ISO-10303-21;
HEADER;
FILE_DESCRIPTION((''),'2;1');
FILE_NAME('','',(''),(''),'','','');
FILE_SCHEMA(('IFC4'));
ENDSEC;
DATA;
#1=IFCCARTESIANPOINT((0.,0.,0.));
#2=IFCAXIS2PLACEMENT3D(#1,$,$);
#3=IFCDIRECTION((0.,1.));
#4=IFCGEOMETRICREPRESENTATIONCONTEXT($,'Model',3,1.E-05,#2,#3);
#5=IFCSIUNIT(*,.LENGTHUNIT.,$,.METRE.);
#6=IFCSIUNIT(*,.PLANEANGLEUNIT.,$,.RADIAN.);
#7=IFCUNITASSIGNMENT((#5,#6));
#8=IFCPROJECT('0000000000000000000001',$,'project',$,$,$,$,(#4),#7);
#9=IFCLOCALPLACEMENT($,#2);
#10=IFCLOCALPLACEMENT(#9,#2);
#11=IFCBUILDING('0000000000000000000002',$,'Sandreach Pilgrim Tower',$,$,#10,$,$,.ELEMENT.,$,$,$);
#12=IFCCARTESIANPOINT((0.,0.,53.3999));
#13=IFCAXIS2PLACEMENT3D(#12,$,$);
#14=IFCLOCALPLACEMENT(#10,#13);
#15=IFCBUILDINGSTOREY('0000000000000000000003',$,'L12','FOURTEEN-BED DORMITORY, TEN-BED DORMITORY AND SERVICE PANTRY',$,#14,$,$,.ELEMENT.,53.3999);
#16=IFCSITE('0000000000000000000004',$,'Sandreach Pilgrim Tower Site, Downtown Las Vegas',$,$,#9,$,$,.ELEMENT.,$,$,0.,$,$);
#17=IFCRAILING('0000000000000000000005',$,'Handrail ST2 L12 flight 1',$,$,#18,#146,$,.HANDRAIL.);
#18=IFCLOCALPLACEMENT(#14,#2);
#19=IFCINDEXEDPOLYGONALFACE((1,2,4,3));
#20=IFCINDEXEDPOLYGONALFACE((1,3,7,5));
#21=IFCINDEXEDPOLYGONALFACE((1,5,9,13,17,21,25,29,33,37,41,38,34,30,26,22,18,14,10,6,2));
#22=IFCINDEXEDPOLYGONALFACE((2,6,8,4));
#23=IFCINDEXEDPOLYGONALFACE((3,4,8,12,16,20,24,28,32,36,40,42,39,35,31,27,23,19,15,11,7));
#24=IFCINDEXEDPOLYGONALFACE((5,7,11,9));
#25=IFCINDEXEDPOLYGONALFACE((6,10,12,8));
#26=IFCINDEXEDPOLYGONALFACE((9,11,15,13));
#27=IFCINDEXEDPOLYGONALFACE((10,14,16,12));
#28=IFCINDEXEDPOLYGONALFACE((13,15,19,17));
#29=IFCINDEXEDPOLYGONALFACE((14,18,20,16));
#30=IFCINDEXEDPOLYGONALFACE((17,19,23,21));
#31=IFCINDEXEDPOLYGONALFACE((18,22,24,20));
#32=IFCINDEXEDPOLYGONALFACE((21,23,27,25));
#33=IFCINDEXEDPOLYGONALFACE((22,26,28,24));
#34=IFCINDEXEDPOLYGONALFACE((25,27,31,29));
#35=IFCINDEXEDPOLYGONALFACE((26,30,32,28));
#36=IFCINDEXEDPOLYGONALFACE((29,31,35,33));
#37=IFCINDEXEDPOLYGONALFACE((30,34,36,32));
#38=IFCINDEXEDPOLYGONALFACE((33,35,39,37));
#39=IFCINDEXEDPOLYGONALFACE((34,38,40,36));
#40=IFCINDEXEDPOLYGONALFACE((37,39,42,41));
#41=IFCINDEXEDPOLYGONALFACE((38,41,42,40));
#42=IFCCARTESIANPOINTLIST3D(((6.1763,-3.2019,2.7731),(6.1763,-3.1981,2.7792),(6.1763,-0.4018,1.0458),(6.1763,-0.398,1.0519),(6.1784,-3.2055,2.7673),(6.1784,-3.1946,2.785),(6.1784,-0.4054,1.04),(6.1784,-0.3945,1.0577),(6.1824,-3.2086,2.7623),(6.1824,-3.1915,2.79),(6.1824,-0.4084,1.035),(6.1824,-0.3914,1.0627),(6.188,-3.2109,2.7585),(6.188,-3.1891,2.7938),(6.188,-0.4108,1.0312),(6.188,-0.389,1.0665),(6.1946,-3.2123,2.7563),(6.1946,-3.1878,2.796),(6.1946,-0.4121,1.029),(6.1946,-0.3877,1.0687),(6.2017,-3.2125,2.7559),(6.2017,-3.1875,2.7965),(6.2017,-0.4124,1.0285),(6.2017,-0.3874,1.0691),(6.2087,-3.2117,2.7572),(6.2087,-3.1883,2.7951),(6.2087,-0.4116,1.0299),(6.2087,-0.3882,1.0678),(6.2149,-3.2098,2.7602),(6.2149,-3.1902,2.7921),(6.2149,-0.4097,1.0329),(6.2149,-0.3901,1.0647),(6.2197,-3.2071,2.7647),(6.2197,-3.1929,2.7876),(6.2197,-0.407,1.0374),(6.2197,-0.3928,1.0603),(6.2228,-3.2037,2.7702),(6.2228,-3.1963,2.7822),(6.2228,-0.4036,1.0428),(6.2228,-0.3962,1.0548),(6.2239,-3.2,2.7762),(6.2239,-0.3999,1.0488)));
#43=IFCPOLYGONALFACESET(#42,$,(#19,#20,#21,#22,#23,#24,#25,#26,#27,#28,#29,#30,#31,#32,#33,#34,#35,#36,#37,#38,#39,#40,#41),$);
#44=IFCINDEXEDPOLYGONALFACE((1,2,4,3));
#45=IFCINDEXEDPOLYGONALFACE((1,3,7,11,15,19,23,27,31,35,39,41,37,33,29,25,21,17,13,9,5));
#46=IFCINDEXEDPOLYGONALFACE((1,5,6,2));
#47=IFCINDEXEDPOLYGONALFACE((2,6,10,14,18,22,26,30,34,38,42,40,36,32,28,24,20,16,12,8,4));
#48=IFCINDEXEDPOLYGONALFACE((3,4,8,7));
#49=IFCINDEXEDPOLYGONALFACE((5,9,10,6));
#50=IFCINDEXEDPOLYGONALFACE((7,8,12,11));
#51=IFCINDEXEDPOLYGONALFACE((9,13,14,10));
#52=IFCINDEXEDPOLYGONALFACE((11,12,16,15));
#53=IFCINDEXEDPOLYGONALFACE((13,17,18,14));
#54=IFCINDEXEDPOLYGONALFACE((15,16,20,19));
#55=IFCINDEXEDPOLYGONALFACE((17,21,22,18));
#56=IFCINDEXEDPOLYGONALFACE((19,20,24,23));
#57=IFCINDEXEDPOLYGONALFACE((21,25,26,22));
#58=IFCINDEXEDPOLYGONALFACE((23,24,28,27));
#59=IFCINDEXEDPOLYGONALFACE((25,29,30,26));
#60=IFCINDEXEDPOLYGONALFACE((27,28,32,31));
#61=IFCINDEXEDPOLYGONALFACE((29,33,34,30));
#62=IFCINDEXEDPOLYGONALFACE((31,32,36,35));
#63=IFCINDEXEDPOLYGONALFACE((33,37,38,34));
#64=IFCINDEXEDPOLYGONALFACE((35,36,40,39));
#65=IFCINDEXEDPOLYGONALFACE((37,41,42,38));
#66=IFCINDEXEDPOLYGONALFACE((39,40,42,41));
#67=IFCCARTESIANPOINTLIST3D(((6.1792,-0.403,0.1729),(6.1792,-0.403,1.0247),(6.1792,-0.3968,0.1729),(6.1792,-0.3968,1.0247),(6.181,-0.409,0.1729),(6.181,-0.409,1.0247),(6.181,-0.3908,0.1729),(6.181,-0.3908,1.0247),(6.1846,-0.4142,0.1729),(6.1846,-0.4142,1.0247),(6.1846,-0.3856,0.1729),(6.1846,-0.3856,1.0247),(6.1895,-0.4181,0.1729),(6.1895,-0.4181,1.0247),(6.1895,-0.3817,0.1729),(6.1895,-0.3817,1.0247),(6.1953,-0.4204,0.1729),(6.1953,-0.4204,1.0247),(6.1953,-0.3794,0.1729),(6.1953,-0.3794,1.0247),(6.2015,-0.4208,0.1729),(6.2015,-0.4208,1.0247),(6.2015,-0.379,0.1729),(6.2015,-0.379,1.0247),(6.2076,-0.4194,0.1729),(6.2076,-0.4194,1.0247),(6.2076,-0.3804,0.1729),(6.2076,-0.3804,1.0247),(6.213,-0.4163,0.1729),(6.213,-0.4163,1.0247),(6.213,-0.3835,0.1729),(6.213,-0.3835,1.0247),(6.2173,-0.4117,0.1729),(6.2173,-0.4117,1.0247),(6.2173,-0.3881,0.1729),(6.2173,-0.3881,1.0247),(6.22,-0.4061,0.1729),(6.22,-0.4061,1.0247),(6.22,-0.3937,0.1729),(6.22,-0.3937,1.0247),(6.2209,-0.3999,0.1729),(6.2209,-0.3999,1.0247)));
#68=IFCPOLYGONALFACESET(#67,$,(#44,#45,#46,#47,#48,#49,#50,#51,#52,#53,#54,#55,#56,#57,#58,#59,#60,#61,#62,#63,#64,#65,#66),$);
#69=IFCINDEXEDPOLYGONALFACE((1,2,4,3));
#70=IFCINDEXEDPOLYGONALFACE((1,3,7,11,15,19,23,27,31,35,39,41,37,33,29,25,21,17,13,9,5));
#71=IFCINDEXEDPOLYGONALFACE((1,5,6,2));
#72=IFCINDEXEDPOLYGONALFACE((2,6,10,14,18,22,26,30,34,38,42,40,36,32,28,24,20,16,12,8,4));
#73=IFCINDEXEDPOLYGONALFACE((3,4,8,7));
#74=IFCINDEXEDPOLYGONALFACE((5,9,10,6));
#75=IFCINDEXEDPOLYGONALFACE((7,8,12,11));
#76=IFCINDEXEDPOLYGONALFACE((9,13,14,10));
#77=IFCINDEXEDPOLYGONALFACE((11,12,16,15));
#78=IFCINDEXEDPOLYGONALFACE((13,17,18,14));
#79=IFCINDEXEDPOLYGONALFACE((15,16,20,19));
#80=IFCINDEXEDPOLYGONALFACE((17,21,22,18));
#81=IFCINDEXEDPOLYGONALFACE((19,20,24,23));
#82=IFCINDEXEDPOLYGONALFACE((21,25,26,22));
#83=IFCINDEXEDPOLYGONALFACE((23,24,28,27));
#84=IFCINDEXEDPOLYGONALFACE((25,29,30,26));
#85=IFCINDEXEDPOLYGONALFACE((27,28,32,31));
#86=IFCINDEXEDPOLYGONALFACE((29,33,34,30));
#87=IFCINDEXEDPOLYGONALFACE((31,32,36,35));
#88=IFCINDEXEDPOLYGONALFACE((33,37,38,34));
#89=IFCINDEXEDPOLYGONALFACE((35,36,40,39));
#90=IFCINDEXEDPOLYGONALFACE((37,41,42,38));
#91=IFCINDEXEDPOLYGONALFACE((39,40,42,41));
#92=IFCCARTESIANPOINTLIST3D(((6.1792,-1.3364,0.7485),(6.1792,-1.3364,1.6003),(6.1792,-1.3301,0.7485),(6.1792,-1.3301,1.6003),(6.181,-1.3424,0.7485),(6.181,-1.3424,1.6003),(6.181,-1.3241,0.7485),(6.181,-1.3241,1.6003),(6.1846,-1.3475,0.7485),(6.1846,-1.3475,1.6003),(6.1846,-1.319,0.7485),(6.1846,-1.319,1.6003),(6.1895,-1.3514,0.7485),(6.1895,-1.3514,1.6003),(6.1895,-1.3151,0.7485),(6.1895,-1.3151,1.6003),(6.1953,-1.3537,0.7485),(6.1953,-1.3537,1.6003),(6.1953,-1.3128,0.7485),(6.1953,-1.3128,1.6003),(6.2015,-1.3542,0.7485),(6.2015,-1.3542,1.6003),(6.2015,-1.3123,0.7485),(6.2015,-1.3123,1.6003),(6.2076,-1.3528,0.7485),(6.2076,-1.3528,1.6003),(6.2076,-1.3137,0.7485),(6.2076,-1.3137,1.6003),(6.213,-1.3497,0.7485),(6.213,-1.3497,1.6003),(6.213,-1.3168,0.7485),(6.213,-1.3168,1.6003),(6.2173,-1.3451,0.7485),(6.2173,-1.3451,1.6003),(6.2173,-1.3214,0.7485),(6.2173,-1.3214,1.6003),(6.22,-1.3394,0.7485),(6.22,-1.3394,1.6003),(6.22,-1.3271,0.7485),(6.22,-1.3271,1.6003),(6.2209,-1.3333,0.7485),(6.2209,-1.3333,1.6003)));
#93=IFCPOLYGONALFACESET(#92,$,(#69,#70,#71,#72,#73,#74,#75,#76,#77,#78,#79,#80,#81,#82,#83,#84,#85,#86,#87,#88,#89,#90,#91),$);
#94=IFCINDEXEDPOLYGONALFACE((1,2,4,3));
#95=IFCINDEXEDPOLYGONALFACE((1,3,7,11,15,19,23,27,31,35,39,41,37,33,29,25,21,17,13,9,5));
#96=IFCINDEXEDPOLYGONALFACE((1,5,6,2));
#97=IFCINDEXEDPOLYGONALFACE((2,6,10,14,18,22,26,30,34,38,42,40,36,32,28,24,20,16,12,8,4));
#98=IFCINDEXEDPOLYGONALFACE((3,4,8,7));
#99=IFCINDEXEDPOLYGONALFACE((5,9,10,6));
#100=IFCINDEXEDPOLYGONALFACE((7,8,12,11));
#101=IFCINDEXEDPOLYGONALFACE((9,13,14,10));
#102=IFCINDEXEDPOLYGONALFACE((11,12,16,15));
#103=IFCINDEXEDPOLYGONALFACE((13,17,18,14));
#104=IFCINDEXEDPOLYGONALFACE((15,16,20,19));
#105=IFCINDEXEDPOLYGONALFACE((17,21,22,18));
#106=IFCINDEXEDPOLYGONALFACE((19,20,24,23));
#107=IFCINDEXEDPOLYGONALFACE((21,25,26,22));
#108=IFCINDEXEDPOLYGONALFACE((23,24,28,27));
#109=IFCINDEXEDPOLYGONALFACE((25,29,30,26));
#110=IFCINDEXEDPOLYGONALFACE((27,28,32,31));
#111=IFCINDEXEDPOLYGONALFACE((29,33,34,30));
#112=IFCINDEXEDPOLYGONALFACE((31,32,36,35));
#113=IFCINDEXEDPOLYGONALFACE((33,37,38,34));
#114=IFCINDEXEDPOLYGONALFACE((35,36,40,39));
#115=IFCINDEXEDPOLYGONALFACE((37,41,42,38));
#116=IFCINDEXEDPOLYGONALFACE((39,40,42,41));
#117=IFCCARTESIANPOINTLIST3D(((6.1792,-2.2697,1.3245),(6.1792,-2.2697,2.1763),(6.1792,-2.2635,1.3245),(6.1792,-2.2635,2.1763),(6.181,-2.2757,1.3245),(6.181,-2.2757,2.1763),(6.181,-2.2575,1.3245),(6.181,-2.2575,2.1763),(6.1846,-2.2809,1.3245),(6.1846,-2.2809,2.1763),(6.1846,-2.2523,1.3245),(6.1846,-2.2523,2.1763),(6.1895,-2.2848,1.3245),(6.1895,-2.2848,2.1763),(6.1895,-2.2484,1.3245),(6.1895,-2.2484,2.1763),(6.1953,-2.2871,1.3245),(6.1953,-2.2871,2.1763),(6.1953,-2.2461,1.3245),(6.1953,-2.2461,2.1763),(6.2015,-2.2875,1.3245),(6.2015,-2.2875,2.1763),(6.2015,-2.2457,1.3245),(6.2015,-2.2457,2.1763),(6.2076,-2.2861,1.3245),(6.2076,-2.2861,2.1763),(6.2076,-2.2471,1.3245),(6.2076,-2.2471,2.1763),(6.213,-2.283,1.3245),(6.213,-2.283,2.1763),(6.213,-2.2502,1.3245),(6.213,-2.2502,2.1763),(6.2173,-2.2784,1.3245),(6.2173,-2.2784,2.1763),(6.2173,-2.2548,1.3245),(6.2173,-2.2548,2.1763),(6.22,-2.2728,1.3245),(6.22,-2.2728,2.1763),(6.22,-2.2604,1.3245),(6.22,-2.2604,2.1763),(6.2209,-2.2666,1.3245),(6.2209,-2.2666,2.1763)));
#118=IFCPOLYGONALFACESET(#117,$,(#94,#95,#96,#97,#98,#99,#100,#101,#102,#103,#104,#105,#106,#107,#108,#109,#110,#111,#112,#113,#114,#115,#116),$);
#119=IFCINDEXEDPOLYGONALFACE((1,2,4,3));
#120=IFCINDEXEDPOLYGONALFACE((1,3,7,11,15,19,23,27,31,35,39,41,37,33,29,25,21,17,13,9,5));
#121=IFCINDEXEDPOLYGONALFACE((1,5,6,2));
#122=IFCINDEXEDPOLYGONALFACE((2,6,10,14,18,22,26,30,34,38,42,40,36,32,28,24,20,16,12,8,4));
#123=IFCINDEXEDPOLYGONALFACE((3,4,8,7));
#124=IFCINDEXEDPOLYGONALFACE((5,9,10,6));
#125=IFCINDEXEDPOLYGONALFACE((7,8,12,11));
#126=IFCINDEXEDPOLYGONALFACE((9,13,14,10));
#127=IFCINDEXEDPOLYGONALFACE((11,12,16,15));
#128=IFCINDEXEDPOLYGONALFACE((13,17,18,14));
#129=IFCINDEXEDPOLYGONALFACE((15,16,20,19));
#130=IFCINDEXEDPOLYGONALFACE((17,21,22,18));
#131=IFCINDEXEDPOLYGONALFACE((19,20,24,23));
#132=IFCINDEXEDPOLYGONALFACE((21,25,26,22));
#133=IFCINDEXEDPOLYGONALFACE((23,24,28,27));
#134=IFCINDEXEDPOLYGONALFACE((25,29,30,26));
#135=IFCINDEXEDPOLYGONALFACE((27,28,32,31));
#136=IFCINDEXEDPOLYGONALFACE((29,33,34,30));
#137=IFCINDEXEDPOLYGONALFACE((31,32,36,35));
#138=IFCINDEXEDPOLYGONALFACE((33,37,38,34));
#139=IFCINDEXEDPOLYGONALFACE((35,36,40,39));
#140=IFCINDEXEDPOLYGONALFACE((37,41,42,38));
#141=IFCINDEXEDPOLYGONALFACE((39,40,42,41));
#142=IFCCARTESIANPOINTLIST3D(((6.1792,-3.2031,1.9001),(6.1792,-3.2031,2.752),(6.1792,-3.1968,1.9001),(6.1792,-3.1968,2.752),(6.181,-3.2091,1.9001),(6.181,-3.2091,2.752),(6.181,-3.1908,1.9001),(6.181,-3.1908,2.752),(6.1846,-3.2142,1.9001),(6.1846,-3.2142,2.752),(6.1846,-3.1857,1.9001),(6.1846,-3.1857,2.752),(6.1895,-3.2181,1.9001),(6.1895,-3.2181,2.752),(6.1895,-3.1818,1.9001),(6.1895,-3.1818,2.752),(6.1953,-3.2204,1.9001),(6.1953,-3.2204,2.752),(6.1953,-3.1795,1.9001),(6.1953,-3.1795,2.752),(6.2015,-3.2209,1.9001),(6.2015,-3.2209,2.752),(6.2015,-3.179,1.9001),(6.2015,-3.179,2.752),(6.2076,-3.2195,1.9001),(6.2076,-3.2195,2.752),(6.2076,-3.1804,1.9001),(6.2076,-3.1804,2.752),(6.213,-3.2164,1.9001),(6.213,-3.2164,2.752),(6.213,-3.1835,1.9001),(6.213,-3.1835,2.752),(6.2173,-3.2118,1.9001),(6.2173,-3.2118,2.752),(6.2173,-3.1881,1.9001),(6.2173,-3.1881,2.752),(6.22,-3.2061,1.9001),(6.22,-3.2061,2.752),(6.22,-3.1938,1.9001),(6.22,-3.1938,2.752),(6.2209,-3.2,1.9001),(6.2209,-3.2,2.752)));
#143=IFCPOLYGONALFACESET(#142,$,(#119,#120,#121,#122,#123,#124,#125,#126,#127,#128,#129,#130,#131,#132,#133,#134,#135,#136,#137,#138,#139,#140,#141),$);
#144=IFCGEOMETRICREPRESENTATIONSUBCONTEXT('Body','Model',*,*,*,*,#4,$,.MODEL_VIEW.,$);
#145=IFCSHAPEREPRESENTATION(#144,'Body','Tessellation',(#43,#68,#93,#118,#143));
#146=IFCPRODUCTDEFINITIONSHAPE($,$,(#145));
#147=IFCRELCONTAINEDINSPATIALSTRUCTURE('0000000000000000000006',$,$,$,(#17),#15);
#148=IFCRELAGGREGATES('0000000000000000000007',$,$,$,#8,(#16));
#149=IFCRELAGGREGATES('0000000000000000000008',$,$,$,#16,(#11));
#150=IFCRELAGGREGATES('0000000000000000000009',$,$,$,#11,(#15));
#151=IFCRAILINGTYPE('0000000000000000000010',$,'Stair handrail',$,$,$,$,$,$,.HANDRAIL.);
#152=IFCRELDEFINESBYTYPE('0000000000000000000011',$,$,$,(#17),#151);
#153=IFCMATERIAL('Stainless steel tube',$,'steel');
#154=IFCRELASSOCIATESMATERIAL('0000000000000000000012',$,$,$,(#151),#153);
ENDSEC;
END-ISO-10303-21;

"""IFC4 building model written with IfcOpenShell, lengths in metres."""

from ifc_helpers import new_model, si_unit, direction, frame, origin, origin_2d, place, context, subcontext, project, spatial, circle, extrude, material, type_object, element, save


model = new_model("IFC4")

# Units and contexts
model_context = context("Model", 3, precision=1e-05, world=origin(), true_north=direction((0.0, 1.0)))
body_context = subcontext(model_context, "Body", "Model", "MODEL_VIEW")
ifc_project = project(units=[si_unit("LENGTHUNIT", "METRE"), si_unit("PLANEANGLEUNIT", "RADIAN")], contexts=[model_context])

# Site, building, storey
site_placement = place(None, origin())
site = spatial("IfcSite", under=ifc_project, at=site_placement, Name="Sandreach Pilgrim Tower Site, Downtown Las Vegas", CompositionType="ELEMENT", RefElevation=0.0)
building_placement = place(site_placement, origin())
building = spatial("IfcBuilding", under=site, at=building_placement, Name="Sandreach Pilgrim Tower", CompositionType="ELEMENT")
storey_placement = place(building_placement, frame((0.0, 0.0, 53.3999)))
storey = spatial("IfcBuildingStorey", under=building, at=storey_placement, Name="L12", Description="FOURTEEN-BED DORMITORY, TEN-BED DORMITORY AND SERVICE PANTRY", CompositionType="ELEMENT", Elevation=53.3999)

# Railing
ifc_material_1 = material(Name="Stainless steel tube", Category="steel")
railing_type = type_object("IfcRailingType", Name="Stair handrail", PredefinedType="HANDRAIL", material=ifc_material_1)
railing_placement = place(storey_placement, frame((6.2, -0.3999, 0.1729)))
element("IfcRailing", 1, at=railing_placement, inside=storey, type_object=railing_type, Name="Handrail ST2 L12 flight 1", PredefinedType="HANDRAIL", context=body_context, shape_type="SweptSolid", body=[
    extrude(circle(Radius=0.0239, at=origin_2d()), frame((0.0, 0.0, 0.876), z_axis=(0.0, -0.85109, 0.52502), x_axis=(1.0, 0.0, 0.0)), (0.0, 0.0, 1.0), 3.29),
    extrude(circle(Radius=0.021, at=origin_2d()), origin(), (0.0, 0.0, 1.0), 0.8518),
    extrude(circle(Radius=0.021, at=origin_2d()), frame((0.0, -0.9333, 0.5757)), (0.0, 0.0, 1.0), 0.8518),
    extrude(circle(Radius=0.021, at=origin_2d()), frame((0.0, -1.8667, 1.1516)), (0.0, 0.0, 1.0), 0.8518),
    extrude(circle(Radius=0.021, at=origin_2d()), frame((0.0, -2.8, 1.7273)), (0.0, 0.0, 1.0), 0.8518),
])

save(model, "model.ifc")
